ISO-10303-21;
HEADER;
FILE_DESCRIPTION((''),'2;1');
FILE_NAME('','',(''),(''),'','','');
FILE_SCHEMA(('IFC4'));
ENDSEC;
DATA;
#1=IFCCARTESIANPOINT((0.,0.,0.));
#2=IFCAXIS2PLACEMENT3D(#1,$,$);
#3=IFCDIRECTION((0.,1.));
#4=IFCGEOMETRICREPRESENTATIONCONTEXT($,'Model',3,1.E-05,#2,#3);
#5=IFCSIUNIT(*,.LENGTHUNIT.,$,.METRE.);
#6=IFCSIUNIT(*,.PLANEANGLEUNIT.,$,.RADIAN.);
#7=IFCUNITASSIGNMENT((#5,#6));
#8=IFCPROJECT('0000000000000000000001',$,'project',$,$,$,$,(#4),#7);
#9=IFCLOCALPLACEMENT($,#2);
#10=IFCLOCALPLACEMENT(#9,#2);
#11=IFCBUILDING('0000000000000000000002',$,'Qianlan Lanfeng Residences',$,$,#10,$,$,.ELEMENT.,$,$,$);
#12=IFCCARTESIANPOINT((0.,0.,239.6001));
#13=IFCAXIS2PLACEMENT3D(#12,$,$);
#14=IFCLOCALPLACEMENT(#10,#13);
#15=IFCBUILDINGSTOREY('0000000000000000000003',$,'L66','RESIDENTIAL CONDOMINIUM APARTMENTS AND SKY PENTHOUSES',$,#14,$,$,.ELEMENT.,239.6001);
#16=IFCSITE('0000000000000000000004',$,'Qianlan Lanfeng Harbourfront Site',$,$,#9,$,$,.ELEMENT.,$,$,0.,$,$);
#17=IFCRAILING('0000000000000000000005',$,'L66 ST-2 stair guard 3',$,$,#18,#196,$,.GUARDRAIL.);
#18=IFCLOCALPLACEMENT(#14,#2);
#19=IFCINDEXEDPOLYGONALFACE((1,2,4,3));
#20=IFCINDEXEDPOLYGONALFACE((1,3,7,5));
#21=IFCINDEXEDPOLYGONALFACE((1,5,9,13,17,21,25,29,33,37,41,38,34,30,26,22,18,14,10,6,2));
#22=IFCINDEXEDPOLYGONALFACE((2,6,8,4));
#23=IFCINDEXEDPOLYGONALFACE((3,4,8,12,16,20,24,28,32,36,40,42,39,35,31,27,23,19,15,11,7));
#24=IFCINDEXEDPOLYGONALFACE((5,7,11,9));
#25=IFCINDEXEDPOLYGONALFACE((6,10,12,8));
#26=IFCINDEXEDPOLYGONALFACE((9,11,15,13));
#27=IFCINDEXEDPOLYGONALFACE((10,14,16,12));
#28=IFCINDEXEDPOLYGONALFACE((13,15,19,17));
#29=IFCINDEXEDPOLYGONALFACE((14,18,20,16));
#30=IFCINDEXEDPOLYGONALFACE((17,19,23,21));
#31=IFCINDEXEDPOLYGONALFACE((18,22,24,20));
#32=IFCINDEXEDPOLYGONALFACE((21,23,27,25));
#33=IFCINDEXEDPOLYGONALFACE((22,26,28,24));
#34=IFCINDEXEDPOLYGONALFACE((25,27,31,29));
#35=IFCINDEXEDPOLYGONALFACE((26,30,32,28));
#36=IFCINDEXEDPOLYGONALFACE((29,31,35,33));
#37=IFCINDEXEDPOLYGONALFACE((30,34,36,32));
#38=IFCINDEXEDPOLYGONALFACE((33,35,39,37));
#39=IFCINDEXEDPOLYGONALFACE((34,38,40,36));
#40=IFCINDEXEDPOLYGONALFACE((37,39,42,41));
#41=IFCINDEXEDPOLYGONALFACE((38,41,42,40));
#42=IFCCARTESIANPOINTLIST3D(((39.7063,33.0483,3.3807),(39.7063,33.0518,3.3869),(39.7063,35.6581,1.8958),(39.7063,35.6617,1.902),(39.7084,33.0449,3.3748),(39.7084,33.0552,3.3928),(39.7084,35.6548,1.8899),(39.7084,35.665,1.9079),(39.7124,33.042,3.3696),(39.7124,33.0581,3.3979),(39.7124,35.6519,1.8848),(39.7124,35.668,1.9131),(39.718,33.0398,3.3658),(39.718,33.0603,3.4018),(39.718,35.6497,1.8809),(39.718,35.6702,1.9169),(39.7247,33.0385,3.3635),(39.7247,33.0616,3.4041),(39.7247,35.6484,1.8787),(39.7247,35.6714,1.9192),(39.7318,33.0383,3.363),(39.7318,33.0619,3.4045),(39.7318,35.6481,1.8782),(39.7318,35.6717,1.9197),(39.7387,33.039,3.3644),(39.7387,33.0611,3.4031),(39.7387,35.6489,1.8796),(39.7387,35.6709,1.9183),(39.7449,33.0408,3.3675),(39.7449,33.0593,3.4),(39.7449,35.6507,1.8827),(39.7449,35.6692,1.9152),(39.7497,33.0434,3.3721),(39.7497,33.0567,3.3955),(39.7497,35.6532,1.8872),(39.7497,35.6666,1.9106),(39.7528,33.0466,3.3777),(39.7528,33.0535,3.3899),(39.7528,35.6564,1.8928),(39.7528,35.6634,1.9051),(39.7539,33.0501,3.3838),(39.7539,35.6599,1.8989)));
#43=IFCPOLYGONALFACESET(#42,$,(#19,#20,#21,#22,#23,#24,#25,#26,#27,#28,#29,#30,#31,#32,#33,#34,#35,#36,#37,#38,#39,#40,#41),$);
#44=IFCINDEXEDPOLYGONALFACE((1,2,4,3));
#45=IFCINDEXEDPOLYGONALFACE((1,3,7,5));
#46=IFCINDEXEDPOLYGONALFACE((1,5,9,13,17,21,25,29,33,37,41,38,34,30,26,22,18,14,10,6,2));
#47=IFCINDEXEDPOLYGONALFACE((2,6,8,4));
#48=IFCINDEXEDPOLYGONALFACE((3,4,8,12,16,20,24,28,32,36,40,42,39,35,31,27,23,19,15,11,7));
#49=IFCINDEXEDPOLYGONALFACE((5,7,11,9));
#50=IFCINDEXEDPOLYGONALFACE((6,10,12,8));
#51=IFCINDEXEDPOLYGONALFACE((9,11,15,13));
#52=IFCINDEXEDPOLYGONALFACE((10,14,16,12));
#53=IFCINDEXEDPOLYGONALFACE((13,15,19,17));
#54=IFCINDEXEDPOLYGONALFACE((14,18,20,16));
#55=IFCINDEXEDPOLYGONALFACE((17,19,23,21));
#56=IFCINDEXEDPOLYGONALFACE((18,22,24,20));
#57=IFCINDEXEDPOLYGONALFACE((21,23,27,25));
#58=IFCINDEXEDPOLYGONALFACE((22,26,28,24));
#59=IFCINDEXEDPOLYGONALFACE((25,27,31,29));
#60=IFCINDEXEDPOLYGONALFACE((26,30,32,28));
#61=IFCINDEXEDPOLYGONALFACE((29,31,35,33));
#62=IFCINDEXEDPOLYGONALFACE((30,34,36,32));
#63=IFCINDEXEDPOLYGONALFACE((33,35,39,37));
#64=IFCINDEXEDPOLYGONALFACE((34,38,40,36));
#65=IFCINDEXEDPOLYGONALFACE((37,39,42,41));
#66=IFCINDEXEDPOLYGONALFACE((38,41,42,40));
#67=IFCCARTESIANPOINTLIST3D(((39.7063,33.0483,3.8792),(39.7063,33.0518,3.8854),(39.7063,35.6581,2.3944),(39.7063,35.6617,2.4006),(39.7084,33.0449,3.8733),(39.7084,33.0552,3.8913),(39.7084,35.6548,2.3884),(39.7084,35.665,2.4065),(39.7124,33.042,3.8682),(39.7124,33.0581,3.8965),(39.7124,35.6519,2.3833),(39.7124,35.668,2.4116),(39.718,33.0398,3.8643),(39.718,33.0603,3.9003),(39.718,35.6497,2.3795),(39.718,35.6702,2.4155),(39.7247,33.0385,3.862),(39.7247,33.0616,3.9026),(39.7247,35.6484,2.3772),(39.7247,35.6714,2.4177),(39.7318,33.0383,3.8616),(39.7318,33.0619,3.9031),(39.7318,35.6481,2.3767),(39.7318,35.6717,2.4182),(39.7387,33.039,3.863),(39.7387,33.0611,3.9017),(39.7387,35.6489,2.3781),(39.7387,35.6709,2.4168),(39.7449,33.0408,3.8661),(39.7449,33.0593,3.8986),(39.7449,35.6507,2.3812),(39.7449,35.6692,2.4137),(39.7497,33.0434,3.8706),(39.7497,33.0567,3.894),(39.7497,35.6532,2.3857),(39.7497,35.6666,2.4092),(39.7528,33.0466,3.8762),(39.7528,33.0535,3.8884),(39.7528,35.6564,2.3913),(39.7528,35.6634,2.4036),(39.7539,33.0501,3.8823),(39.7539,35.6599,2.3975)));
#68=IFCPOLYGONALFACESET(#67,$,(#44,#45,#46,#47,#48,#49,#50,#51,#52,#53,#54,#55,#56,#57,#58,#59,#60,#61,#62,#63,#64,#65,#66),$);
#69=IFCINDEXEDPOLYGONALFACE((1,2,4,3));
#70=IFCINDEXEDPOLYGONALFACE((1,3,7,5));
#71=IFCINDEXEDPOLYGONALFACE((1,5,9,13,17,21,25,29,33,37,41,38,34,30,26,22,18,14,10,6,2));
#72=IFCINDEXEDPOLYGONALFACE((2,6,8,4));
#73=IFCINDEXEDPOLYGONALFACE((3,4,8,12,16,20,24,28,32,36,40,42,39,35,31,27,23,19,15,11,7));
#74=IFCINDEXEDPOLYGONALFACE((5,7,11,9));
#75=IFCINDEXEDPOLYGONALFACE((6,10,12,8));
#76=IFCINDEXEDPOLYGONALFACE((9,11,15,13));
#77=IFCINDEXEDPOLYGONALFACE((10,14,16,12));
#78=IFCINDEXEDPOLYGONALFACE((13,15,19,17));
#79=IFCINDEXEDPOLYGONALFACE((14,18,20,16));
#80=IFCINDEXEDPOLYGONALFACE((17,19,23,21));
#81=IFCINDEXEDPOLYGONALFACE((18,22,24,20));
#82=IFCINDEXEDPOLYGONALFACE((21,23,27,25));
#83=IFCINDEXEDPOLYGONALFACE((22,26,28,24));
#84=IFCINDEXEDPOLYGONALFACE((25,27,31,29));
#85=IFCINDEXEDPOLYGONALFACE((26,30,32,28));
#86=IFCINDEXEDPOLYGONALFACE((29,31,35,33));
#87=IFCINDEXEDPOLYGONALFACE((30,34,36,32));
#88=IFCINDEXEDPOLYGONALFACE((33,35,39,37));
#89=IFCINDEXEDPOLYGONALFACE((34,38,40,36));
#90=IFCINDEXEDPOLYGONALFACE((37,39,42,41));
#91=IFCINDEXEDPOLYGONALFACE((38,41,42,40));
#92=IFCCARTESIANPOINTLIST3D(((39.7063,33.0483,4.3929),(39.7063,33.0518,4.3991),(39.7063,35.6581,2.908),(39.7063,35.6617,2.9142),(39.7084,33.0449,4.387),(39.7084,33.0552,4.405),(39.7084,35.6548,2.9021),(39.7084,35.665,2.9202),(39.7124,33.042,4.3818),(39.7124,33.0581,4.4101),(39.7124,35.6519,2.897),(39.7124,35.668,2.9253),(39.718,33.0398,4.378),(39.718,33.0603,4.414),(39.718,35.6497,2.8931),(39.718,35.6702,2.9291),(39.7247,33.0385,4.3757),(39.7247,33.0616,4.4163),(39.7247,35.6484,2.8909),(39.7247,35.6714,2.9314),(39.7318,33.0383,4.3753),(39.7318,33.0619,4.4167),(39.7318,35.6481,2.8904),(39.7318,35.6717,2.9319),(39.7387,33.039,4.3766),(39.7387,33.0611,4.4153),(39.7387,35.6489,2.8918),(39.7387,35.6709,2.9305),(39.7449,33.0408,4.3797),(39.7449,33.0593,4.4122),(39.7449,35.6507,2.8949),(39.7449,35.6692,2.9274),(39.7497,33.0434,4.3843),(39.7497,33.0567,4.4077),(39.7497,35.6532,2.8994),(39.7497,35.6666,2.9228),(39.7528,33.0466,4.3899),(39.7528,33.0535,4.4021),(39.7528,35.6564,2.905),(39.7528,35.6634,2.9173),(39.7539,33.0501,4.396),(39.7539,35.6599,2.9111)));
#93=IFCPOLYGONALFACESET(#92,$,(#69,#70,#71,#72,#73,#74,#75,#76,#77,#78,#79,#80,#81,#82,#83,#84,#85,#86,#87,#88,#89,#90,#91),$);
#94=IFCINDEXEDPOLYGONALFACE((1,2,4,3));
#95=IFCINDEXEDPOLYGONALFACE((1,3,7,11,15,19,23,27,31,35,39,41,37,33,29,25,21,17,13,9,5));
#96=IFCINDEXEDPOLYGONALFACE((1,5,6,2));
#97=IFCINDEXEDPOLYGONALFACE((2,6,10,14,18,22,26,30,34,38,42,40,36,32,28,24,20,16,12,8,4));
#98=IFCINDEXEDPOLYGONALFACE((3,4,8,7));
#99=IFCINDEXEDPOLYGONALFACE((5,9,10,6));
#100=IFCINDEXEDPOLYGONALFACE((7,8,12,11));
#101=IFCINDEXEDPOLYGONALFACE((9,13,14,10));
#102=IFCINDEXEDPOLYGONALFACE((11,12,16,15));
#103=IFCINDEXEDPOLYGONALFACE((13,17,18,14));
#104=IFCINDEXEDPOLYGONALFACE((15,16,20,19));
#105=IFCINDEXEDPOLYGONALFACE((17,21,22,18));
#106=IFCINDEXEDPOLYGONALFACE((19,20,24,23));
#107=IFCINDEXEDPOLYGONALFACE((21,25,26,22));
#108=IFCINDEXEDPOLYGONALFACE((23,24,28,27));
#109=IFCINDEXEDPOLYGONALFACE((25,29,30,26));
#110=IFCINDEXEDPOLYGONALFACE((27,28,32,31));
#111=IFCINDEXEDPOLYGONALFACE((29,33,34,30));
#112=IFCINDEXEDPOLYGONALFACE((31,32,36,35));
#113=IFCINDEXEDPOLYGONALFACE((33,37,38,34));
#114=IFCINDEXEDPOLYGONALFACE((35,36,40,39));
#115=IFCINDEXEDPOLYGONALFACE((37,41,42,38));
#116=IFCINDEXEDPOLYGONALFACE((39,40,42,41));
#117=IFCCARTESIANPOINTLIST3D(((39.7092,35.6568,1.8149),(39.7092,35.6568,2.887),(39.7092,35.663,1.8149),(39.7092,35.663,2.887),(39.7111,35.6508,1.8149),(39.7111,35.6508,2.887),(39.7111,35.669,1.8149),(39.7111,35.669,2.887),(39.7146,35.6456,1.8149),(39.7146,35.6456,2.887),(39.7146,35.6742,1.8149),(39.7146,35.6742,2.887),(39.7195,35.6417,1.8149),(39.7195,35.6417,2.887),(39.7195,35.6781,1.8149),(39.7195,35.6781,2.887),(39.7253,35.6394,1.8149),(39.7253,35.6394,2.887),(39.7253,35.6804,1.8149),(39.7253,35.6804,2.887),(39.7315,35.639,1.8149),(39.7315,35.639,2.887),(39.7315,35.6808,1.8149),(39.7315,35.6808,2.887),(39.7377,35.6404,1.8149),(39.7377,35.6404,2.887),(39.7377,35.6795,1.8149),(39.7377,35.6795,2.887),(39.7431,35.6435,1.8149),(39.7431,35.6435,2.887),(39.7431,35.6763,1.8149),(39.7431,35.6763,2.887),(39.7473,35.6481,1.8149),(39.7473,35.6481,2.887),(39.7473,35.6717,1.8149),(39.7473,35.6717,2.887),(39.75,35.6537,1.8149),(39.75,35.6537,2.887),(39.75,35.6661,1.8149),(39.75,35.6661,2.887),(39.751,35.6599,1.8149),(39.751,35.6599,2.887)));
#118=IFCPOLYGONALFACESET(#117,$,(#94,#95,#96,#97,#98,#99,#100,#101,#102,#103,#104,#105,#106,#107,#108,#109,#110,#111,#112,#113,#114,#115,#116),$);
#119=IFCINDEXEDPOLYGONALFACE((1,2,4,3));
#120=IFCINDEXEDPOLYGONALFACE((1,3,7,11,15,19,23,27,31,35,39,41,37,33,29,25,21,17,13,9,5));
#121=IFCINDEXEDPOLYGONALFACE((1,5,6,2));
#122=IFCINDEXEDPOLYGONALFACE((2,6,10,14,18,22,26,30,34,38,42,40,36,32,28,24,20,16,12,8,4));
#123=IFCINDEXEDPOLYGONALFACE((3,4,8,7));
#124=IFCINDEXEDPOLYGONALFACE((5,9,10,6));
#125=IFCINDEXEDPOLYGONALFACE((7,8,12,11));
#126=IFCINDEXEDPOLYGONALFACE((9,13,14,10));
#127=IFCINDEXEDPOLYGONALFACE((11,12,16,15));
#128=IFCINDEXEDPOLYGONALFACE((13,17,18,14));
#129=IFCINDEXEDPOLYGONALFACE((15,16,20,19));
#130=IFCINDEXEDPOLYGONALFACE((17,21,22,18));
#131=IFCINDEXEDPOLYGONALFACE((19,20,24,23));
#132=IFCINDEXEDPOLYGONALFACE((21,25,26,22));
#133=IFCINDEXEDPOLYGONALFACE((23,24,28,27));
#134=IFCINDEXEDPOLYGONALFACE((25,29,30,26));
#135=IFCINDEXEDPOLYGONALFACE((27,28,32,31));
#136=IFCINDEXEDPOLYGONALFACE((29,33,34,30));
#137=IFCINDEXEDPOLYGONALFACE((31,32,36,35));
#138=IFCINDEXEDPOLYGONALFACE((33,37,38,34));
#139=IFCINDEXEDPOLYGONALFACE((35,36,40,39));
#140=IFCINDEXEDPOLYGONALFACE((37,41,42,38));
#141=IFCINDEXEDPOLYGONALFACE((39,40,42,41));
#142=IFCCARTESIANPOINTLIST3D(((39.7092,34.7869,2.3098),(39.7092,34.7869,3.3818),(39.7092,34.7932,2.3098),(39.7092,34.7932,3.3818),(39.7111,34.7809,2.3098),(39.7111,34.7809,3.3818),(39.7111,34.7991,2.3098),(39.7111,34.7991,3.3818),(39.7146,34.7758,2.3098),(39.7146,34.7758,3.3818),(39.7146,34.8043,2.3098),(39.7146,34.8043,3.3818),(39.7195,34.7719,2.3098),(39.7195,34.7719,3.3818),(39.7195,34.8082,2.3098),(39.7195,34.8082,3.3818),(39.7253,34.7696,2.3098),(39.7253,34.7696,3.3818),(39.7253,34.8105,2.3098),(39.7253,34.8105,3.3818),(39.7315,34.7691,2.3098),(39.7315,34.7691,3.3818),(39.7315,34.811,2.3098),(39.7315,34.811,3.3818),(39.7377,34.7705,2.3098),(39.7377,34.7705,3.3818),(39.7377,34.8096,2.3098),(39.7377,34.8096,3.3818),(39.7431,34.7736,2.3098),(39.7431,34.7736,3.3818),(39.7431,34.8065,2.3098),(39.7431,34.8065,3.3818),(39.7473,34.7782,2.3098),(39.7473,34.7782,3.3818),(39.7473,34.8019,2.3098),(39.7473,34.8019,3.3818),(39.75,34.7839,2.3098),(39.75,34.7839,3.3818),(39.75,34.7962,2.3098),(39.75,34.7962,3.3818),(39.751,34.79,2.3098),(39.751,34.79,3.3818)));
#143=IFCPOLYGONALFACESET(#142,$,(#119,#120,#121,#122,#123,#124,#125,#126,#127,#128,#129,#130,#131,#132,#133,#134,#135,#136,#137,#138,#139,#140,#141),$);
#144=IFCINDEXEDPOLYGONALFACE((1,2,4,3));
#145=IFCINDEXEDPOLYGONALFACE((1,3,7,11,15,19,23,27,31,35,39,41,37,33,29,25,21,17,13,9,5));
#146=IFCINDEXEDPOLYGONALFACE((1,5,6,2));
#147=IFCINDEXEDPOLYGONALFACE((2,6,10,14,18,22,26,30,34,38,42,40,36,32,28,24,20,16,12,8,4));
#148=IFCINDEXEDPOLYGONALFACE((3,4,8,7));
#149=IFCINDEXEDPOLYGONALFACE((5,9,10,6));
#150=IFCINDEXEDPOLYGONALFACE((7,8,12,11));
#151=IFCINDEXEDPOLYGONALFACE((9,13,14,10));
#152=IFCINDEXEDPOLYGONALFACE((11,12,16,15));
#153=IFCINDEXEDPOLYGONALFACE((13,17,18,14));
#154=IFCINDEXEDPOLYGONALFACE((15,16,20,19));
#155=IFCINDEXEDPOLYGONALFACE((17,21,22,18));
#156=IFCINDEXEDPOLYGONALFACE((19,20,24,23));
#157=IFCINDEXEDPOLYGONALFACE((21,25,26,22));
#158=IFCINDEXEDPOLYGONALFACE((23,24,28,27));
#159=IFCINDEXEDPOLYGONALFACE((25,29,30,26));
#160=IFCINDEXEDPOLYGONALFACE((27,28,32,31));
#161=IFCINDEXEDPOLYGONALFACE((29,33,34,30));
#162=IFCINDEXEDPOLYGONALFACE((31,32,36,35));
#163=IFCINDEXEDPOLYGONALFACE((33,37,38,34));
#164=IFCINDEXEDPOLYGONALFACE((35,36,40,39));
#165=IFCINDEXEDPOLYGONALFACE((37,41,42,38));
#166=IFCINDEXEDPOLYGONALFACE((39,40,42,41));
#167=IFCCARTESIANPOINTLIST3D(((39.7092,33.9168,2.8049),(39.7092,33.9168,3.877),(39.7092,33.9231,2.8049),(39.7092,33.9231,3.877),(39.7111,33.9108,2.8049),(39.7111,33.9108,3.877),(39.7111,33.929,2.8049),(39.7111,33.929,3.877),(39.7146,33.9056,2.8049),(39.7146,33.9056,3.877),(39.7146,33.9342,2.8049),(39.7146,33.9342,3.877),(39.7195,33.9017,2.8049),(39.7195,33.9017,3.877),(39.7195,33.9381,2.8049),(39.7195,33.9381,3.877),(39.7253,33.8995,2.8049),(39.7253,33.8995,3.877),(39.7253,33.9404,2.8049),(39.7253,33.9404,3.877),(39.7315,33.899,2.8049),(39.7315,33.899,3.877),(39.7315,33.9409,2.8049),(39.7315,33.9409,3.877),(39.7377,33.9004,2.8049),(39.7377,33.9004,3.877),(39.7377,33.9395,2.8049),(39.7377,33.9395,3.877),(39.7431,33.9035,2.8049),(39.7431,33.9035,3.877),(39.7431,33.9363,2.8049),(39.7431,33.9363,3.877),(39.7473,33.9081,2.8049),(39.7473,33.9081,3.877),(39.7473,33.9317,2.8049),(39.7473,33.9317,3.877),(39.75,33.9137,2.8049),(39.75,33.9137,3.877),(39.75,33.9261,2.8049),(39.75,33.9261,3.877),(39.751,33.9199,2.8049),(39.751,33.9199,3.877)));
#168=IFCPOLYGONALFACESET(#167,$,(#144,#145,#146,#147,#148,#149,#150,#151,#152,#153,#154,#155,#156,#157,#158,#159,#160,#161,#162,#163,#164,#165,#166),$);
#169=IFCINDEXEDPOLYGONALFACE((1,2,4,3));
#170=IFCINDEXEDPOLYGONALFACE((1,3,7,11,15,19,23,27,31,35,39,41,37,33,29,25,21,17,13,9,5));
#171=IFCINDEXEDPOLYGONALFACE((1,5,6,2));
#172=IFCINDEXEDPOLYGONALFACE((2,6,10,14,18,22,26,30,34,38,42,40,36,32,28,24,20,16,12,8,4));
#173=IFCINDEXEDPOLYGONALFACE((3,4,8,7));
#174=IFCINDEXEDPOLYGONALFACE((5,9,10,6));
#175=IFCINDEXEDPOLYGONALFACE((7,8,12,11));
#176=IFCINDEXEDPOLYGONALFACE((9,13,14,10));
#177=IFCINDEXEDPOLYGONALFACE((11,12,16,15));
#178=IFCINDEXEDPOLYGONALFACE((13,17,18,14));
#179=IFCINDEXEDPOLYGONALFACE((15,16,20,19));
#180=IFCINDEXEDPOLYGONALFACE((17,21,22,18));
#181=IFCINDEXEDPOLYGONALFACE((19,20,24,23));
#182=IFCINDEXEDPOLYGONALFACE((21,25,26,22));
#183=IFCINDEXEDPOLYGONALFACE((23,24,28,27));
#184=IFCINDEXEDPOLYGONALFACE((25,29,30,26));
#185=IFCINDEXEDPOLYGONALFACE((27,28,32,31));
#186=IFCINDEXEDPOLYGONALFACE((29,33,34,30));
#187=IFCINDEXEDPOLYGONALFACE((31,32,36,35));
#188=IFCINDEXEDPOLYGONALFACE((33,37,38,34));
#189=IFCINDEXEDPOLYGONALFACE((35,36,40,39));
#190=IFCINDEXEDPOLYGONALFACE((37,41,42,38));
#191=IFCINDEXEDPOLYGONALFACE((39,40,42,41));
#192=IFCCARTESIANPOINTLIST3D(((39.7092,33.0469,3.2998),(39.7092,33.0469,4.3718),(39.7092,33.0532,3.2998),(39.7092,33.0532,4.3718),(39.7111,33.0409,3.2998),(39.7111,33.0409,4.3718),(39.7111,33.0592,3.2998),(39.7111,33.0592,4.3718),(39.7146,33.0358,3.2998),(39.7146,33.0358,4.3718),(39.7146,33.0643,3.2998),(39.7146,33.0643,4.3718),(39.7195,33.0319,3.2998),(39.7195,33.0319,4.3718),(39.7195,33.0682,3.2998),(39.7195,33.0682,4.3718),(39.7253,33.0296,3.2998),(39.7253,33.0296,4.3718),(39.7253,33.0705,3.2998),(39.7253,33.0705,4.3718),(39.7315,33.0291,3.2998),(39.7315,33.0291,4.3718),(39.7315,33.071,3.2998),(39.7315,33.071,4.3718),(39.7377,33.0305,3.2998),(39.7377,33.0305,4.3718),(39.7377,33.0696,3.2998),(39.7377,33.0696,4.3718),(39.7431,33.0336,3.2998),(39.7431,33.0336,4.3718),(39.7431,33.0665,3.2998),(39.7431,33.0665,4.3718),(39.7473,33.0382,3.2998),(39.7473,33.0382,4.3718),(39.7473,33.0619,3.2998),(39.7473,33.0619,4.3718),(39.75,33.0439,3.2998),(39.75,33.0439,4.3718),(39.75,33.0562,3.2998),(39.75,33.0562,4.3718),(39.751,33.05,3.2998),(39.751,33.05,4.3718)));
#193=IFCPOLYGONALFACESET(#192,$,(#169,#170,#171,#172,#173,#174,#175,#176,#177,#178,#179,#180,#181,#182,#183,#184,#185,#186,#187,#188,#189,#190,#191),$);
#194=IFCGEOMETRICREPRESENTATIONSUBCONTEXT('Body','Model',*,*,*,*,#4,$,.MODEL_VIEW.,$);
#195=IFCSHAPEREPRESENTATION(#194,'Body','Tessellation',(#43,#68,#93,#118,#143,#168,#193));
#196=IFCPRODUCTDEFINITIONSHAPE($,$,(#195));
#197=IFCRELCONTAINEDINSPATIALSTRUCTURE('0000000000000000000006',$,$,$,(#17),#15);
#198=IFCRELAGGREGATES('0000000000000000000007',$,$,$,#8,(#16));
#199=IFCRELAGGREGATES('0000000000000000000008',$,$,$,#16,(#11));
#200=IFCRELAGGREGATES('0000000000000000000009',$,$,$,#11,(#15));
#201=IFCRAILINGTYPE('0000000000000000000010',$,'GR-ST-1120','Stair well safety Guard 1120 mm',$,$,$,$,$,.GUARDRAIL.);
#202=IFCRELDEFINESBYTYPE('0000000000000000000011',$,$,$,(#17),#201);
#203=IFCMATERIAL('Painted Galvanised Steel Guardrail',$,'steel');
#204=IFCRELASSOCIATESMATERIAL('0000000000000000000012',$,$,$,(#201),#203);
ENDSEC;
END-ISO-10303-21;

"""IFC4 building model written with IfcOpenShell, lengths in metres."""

from ifc_helpers import new_model, si_unit, direction, frame, origin, origin_2d, place, context, subcontext, project, spatial, circle, extrude, material, type_object, element, save


model = new_model("IFC4")

# Units and contexts
model_context = context("Model", 3, precision=1e-05, world=origin(), true_north=direction((0.0, 1.0)))
body_context = subcontext(model_context, "Body", "Model", "MODEL_VIEW")
ifc_project = project(units=[si_unit("LENGTHUNIT", "METRE"), si_unit("PLANEANGLEUNIT", "RADIAN")], contexts=[model_context])

# Site, building, storey
site_placement = place(None, origin())
site = spatial("IfcSite", under=ifc_project, at=site_placement, Name="Qianlan Lanfeng Harbourfront Site", CompositionType="ELEMENT", RefElevation=0.0)
building_placement = place(site_placement, origin())
building = spatial("IfcBuilding", under=site, at=building_placement, Name="Qianlan Lanfeng Residences", CompositionType="ELEMENT")
storey_placement = place(building_placement, frame((0.0, 0.0, 239.6001)))
storey = spatial("IfcBuildingStorey", under=building, at=storey_placement, Name="L66", Description="RESIDENTIAL CONDOMINIUM APARTMENTS AND SKY PENTHOUSES", CompositionType="ELEMENT", Elevation=239.6001)

# Railing
ifc_material_1 = material(Name="Painted Galvanised Steel Guardrail", Category="steel")
railing_type_1 = type_object("IfcRailingType", Name="GR-ST-1120", Description="Stair well safety Guard 1120 mm", PredefinedType="GUARDRAIL", material=ifc_material_1)
railing_1_placement = place(storey_placement, frame((39.73, 35.6599, 1.8149)))
element("IfcRailing", 1, at=railing_1_placement, inside=storey, type_object=railing_type_1, Name="L66 ST-2 stair guard 3", PredefinedType="GUARDRAIL", context=body_context, shape_type="SweptSolid", body=[
    extrude(circle(Radius=0.0239, at=origin_2d()), frame((0.0, 0.0, 0.084), z_axis=(0.0, -0.869172, 0.494509), x_axis=(1.0, 0.0, 0.0)), (0.0, 0.0, 1.0), 3.0027),
    extrude(circle(Radius=0.0239, at=origin_2d()), frame((0.0, 0.0, 0.5825), z_axis=(0.0, -0.869172, 0.494509), x_axis=(1.0, 0.0, 0.0)), (0.0, 0.0, 1.0), 3.0027),
    extrude(circle(Radius=0.0239, at=origin_2d()), frame((0.0, 0.0, 1.0962), z_axis=(0.0, -0.869172, 0.494509), x_axis=(1.0, 0.0, 0.0)), (0.0, 0.0, 1.0), 3.0027),
    extrude(circle(Radius=0.021, at=origin_2d()), origin(), (0.0, 0.0, 1.0), 1.072),
    extrude(circle(Radius=0.021, at=origin_2d()), frame((0.0, -0.8699, 0.4949)), (0.0, 0.0, 1.0), 1.072),
    extrude(circle(Radius=0.021, at=origin_2d()), frame((0.0, -1.74, 0.99)), (0.0, 0.0, 1.0), 1.072),
    extrude(circle(Radius=0.021, at=origin_2d()), frame((0.0, -2.6099, 1.4849)), (0.0, 0.0, 1.0), 1.072),
])

save(model, "model.ifc")
